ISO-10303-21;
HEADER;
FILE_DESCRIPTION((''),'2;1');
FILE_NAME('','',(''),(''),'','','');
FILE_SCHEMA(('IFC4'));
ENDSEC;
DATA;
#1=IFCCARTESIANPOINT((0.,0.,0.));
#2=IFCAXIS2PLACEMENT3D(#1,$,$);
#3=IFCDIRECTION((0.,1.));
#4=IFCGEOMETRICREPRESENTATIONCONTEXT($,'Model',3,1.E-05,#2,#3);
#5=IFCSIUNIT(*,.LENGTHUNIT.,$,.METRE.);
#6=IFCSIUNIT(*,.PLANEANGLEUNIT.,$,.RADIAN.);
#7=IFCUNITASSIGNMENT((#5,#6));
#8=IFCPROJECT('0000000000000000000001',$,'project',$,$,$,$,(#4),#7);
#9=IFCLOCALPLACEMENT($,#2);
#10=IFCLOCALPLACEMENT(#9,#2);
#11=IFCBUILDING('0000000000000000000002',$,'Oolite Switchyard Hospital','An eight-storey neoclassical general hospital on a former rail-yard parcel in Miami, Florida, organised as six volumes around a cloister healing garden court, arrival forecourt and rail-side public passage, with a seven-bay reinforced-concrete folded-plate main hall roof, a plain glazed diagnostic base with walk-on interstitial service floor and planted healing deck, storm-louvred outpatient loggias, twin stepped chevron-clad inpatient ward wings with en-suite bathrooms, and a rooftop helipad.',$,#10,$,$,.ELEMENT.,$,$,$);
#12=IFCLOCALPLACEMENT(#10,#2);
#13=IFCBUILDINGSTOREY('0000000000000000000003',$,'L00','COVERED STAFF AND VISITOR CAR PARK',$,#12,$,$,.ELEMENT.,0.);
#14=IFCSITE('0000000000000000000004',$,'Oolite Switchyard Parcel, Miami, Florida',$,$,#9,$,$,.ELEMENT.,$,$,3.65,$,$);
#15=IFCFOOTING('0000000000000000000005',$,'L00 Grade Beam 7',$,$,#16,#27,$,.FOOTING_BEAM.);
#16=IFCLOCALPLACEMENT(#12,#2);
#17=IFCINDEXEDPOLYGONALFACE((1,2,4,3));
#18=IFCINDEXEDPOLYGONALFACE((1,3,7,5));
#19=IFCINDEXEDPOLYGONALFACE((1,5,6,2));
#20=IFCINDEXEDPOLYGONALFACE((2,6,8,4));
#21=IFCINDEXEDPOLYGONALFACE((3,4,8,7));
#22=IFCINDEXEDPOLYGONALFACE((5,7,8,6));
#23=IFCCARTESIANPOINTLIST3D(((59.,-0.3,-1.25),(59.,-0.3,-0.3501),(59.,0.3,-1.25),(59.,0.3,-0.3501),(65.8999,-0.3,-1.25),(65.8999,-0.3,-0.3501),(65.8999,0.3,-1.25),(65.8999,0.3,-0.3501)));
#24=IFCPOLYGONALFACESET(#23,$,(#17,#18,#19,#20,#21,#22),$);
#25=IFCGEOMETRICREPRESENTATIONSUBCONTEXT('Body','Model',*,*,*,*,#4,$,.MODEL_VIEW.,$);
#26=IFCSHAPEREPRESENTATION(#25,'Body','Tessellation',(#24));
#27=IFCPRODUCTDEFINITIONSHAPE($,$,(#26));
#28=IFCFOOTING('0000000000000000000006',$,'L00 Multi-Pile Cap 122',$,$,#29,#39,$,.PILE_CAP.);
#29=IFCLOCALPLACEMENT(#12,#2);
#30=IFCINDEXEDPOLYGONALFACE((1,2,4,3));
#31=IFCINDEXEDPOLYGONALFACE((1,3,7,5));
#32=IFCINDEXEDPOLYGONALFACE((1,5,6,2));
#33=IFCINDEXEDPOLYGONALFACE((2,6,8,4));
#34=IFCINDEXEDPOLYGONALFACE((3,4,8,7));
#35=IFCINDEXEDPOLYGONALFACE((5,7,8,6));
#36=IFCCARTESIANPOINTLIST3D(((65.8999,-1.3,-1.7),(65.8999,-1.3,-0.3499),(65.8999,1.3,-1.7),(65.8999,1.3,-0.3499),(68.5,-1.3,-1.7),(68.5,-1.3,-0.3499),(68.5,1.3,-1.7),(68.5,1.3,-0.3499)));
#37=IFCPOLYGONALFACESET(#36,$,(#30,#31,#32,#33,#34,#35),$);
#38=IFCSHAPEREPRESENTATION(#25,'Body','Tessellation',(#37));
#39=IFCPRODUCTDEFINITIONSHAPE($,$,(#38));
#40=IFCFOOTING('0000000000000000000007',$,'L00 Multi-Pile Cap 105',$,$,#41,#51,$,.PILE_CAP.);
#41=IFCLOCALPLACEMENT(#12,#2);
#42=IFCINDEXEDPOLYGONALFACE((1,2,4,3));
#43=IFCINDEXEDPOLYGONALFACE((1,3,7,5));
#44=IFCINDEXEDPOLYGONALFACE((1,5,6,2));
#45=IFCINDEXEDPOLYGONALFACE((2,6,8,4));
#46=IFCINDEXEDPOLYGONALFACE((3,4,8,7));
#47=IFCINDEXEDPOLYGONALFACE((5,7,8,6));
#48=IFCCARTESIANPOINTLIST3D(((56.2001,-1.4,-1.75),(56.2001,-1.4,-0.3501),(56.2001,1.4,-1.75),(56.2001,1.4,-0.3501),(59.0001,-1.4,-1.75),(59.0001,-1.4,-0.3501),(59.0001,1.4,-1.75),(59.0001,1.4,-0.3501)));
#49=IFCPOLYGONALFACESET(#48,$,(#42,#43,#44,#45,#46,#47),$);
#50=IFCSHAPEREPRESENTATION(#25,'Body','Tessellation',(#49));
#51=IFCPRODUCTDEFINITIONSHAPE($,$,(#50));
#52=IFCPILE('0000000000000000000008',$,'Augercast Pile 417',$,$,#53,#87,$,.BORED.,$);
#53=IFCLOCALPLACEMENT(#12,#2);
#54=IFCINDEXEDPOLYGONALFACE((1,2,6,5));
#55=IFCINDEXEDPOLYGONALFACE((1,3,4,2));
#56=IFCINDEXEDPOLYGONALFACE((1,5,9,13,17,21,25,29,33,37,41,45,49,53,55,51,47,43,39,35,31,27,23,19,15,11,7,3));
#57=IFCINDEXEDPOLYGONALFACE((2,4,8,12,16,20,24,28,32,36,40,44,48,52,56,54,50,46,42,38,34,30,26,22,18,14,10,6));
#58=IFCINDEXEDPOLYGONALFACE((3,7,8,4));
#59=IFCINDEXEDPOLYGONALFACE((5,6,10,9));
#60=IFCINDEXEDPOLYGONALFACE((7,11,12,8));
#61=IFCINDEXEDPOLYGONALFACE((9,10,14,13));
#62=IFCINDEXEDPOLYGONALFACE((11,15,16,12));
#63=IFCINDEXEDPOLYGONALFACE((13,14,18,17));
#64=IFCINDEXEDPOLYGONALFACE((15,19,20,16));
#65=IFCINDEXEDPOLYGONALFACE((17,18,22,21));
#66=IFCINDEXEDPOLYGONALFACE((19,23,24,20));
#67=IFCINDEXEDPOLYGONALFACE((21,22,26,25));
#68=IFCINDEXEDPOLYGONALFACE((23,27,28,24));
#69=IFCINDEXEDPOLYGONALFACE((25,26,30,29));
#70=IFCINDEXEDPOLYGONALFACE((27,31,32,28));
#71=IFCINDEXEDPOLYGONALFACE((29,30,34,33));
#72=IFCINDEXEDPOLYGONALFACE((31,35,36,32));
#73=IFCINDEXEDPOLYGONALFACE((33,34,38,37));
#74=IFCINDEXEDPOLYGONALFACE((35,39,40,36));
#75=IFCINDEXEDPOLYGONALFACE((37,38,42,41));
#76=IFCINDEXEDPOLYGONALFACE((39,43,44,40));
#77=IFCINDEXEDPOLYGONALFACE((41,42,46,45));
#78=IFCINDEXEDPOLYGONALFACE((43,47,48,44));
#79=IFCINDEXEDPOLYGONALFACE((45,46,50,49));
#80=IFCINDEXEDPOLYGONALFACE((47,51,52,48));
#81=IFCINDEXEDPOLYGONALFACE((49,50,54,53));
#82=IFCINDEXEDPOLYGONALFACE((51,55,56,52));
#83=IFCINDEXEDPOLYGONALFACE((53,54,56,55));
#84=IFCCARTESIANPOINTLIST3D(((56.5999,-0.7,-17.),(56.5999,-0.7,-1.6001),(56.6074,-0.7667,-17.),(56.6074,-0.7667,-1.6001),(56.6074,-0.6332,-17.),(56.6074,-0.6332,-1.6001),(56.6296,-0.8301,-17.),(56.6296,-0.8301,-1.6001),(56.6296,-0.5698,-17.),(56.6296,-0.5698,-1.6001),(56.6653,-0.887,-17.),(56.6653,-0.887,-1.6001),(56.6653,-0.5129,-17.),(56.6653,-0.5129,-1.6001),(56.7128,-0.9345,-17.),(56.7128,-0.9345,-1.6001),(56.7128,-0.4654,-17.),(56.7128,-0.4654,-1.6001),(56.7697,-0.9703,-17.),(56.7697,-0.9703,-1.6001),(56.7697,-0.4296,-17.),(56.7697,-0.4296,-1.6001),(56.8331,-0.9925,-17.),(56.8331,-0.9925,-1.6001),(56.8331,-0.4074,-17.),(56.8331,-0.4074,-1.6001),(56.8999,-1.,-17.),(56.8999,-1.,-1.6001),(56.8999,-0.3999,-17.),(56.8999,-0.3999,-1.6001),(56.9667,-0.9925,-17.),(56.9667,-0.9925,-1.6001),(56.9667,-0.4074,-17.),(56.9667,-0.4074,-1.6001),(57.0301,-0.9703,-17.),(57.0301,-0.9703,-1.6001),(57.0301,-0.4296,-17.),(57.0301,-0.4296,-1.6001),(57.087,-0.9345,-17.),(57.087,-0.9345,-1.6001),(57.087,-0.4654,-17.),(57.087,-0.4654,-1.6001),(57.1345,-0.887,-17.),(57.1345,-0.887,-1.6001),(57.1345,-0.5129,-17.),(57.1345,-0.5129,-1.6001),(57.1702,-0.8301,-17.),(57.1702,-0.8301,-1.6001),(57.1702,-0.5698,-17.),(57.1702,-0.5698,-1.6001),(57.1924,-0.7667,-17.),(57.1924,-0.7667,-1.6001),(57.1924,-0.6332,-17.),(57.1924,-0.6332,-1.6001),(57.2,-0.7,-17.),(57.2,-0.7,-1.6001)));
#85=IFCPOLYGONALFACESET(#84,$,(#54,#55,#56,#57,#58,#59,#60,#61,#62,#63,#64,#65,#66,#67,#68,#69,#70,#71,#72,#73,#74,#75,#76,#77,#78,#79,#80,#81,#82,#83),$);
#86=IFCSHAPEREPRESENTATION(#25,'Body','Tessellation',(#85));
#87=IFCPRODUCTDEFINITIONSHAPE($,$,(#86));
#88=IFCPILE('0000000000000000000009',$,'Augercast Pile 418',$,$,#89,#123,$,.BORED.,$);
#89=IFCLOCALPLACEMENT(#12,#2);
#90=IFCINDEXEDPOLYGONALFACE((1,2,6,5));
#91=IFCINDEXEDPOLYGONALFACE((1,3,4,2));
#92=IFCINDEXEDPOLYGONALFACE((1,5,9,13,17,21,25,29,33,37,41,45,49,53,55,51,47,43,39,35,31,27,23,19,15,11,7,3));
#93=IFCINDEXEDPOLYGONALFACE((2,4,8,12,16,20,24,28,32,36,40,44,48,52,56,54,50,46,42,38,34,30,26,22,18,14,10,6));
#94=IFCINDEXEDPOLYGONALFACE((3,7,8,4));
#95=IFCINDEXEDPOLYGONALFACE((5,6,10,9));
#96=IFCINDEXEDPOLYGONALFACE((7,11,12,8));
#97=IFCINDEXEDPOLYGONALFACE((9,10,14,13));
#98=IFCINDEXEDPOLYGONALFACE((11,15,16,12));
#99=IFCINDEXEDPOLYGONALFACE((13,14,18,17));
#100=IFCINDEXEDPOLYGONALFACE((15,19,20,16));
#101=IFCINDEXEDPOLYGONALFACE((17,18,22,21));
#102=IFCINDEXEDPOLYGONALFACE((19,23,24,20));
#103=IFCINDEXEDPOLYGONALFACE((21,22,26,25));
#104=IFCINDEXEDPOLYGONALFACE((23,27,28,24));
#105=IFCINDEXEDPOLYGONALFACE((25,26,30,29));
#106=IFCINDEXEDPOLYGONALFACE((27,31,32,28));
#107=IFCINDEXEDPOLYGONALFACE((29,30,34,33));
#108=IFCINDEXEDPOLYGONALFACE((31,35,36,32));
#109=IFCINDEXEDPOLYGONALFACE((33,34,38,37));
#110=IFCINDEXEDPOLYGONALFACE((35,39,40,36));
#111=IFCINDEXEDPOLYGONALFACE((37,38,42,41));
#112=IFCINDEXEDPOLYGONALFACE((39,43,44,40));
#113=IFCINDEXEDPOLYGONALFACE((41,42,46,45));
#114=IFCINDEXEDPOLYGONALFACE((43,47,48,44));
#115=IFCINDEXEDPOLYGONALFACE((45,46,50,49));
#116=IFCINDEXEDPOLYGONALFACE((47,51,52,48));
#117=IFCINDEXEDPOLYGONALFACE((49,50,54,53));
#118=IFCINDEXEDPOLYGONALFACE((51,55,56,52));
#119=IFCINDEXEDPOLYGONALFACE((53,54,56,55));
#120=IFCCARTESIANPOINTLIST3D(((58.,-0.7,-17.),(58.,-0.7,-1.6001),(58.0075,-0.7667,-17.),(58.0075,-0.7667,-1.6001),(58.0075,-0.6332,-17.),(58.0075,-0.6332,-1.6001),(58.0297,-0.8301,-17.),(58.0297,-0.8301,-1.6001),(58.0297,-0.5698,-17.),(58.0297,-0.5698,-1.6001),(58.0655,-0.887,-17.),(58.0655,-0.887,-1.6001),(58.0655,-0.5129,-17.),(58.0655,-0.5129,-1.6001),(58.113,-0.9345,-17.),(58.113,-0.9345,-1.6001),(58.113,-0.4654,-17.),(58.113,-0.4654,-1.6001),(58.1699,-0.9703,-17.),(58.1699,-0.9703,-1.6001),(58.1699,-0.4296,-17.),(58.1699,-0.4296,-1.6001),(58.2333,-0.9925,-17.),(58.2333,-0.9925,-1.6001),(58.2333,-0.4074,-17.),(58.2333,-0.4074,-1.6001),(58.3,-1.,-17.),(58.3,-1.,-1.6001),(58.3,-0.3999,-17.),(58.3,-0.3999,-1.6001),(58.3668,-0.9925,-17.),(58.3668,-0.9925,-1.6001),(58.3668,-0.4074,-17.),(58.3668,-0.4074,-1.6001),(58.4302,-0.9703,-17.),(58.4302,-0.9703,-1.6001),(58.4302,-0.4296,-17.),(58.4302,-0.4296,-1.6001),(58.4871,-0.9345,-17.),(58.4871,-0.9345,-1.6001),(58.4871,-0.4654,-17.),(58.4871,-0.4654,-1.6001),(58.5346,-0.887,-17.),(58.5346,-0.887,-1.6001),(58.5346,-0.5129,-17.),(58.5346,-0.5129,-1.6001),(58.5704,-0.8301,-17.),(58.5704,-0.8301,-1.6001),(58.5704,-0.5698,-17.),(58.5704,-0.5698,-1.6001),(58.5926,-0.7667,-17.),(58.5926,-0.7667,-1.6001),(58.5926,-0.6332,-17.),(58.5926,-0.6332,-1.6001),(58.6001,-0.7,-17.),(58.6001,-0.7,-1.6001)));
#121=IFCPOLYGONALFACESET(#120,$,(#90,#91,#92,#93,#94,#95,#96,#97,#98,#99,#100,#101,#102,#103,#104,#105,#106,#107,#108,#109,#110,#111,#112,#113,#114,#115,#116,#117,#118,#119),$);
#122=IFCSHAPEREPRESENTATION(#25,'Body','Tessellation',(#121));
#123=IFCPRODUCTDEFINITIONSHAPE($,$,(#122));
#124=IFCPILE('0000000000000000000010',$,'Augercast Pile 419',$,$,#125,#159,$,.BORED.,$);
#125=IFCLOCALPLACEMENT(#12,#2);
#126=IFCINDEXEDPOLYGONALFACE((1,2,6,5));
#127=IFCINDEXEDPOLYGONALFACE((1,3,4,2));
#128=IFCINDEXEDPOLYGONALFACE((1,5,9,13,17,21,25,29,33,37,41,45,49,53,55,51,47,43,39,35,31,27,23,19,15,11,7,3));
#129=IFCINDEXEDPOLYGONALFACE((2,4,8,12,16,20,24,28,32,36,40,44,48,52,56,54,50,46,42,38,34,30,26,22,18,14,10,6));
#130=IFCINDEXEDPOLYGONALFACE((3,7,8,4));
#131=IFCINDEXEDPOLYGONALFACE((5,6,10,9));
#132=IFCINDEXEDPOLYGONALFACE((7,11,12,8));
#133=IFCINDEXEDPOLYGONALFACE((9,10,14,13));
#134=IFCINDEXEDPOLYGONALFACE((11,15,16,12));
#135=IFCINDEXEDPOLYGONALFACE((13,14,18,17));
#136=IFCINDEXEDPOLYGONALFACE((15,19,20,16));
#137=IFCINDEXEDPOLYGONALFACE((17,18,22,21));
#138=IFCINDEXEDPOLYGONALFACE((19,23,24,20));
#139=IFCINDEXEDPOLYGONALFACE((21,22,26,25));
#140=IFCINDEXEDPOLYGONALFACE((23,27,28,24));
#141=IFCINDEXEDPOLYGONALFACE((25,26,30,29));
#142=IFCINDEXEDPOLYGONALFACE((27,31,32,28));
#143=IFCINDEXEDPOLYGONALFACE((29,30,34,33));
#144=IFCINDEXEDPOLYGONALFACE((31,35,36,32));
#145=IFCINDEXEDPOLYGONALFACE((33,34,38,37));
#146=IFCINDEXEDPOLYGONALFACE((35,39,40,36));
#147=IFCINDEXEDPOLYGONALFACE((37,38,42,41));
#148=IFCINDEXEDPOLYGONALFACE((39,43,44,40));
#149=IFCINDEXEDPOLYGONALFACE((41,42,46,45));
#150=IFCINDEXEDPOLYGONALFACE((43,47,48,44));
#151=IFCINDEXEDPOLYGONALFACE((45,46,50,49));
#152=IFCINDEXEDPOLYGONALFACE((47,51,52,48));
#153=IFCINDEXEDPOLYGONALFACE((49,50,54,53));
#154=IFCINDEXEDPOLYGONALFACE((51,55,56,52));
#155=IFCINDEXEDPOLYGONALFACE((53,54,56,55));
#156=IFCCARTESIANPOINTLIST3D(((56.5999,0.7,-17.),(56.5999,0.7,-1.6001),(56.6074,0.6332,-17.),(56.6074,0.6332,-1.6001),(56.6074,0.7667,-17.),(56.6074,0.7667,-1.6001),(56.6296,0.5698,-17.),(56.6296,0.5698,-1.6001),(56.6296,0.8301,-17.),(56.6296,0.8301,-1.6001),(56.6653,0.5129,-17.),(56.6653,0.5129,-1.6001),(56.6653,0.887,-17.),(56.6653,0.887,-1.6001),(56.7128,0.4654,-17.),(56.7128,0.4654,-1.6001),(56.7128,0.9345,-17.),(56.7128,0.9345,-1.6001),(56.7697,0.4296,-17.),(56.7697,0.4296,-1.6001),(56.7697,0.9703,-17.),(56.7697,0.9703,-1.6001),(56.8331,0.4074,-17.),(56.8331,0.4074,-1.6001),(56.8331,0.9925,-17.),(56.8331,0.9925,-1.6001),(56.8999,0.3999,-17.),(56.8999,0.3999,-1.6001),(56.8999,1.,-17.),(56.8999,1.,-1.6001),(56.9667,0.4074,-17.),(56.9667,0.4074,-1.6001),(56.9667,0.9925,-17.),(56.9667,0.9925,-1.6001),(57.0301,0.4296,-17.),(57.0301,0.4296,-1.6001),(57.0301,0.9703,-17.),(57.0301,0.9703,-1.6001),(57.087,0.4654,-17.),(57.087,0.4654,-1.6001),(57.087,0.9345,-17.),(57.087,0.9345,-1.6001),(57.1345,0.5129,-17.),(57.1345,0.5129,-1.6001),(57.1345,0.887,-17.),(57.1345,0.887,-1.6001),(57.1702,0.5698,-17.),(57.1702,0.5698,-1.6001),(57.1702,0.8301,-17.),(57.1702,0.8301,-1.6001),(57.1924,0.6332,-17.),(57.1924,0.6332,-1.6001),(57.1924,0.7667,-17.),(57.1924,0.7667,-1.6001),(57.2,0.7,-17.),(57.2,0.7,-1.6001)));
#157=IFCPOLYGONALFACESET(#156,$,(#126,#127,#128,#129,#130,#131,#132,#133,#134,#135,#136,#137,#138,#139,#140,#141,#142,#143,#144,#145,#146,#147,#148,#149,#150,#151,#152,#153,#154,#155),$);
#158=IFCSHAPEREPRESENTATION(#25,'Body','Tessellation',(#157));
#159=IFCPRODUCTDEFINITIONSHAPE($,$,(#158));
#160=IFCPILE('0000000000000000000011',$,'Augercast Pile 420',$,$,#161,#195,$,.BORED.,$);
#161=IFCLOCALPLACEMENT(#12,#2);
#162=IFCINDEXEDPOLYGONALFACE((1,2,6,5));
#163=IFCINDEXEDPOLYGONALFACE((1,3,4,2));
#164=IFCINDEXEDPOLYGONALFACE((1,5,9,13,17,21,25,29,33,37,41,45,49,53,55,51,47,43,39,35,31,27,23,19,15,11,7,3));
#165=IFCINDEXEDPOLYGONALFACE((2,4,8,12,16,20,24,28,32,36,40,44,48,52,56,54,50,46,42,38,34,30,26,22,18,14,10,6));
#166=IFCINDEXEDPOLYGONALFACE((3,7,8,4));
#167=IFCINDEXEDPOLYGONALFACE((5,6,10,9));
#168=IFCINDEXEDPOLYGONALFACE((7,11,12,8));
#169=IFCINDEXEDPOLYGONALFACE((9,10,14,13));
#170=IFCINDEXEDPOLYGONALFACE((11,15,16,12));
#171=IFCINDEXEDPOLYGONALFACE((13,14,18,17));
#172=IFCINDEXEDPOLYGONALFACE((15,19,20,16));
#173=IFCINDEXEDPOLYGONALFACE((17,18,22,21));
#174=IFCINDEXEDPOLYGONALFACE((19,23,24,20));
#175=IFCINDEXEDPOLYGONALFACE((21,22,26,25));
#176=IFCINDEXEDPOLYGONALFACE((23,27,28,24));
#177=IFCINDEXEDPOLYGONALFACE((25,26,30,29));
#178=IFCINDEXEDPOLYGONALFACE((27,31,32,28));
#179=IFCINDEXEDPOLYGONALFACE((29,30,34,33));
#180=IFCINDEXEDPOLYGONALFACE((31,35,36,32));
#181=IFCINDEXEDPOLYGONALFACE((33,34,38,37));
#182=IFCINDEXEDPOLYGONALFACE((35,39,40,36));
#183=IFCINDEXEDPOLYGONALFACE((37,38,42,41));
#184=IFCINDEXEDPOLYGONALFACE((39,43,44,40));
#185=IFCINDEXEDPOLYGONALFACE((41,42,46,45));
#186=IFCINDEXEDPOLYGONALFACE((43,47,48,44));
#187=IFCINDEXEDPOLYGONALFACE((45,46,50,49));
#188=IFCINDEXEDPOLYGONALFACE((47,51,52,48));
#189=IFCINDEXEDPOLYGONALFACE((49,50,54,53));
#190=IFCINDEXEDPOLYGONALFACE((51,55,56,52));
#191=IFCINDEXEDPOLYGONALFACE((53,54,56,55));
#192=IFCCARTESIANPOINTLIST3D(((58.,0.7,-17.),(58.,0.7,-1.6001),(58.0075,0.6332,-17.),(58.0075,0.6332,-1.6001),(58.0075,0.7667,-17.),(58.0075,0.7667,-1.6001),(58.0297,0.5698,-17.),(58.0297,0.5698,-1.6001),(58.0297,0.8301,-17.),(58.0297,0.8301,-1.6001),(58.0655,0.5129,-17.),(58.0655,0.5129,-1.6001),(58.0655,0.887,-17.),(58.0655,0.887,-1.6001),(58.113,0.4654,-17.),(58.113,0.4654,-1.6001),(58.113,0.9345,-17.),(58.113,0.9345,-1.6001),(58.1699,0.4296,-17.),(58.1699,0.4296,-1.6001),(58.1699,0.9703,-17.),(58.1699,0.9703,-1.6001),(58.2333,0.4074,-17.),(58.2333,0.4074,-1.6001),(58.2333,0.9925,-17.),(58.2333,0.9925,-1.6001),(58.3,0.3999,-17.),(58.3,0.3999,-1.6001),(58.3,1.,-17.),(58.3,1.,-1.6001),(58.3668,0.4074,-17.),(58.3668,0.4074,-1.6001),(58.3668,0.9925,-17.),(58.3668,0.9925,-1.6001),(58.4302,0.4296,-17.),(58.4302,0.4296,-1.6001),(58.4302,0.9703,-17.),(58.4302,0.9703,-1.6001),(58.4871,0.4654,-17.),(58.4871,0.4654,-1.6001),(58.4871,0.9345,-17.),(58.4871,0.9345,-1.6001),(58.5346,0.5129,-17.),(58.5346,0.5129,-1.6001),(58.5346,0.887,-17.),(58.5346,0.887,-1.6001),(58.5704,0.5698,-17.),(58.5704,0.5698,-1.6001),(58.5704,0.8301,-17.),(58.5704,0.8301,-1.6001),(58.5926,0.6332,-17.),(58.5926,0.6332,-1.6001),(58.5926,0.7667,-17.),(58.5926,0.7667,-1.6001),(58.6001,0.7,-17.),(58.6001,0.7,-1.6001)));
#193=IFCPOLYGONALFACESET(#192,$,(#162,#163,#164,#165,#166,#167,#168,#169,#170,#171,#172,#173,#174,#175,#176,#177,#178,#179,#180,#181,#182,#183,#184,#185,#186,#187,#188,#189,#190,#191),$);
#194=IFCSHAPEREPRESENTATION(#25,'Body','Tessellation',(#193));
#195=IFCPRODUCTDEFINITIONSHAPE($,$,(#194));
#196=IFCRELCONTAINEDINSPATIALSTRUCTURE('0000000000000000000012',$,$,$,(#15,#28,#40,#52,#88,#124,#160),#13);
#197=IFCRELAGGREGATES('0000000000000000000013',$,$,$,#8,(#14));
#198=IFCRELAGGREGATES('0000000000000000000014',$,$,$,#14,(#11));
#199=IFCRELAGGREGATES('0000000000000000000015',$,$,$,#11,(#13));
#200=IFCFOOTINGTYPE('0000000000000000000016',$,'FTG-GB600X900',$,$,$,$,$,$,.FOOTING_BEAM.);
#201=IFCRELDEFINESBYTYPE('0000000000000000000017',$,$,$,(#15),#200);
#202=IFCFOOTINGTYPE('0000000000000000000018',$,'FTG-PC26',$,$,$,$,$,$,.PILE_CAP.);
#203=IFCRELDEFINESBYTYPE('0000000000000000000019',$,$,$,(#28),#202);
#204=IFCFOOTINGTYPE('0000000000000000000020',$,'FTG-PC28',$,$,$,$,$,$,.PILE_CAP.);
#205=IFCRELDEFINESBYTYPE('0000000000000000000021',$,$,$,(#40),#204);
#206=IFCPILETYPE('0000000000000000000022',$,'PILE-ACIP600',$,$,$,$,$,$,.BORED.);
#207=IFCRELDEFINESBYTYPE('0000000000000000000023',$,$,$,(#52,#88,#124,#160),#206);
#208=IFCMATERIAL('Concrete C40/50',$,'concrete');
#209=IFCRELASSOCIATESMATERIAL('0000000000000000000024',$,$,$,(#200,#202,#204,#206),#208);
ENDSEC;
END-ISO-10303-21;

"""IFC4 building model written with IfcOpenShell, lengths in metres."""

from ifc_helpers import new_model, si_unit, direction, frame, origin, origin_2d, place, context, subcontext, project, spatial, rectangle, circle, extrude, material, material_profile, profile_set, type_object, element, save


model = new_model("IFC4")

# Units and contexts
model_context = context("Model", 3, precision=1e-05, world=origin(), true_north=direction((0.0, 1.0)))
body_context = subcontext(model_context, "Body", "Model", "MODEL_VIEW")
ifc_project = project(units=[si_unit("LENGTHUNIT", "METRE"), si_unit("PLANEANGLEUNIT", "RADIAN")], contexts=[model_context])

# Site, building, storey
site_placement = place(None, origin())
site = spatial("IfcSite", under=ifc_project, at=site_placement, Name="Oolite Switchyard Parcel, Miami, Florida", CompositionType="ELEMENT", RefElevation=3.65)
building_placement = place(site_placement, origin())
building = spatial("IfcBuilding", under=site, at=building_placement, Name="Oolite Switchyard Hospital", Description="An eight-storey neoclassical general hospital on a former rail-yard parcel in Miami, Florida, organised as six volumes around a cloister healing garden court, arrival forecourt and rail-side public passage, with a seven-bay reinforced-concrete folded-plate main hall roof, a plain glazed diagnostic base with walk-on interstitial service floor and planted healing deck, storm-louvred outpatient loggias, twin stepped chevron-clad inpatient ward wings with en-suite bathrooms, and a rooftop helipad.", CompositionType="ELEMENT")
storey_placement = place(building_placement, origin())
storey = spatial("IfcBuildingStorey", under=building, at=storey_placement, Name="L00", Description="COVERED STAFF AND VISITOR CAR PARK", CompositionType="ELEMENT", Elevation=0.0)

# Footings
ifc_material_1 = material(Name="Concrete C40/50", Category="concrete")
footing_type_1 = type_object("IfcFootingType", Name="FTG-GB600X900", PredefinedType="FOOTING_BEAM", material=ifc_material_1)
footing_1_placement = place(storey_placement, frame((62.45, 0.0, -1.25), z_axis=(0.0, 0.0, 1.0), x_axis=(1.0, 0.0, 0.0)))
element("IfcFooting", 1, at=footing_1_placement, inside=storey, type_object=footing_type_1, Name="L00 Grade Beam 7", PredefinedType="FOOTING_BEAM", context=body_context, shape_type="SweptSolid", body=[
    extrude(rectangle(XDim=6.8999, YDim=0.6001, at=origin_2d()), origin(), (0.0, 0.0, 1.0), 0.8999),
])
footing_type_2 = type_object("IfcFootingType", Name="FTG-PC26", PredefinedType="PILE_CAP", material=ifc_material_1)
footing_2_placement = place(storey_placement, frame((67.2, 0.0, -1.7), z_axis=(0.0, 0.0, 1.0), x_axis=(1.0, 0.0, 0.0)))
element("IfcFooting", 2, at=footing_2_placement, inside=storey, type_object=footing_type_2, Name="L00 Multi-Pile Cap 122", PredefinedType="PILE_CAP", context=body_context, shape_type="SweptSolid", body=[
    extrude(rectangle(XDim=2.6001, YDim=2.6001, at=origin_2d()), origin(), (0.0, 0.0, 1.0), 1.3501),
])
footing_type_3 = type_object("IfcFootingType", Name="FTG-PC28", PredefinedType="PILE_CAP", material=ifc_material_1)
footing_3_placement = place(storey_placement, frame((57.6001, 0.0, -1.75), z_axis=(0.0, 0.0, 1.0), x_axis=(1.0, 0.0, 0.0)))
element("IfcFooting", 3, at=footing_3_placement, inside=storey, type_object=footing_type_3, Name="L00 Multi-Pile Cap 105", PredefinedType="PILE_CAP", context=body_context, shape_type="SweptSolid", body=[
    extrude(rectangle(XDim=2.8, YDim=2.8, at=origin_2d()), origin(), (0.0, 0.0, 1.0), 1.3999),
])

# Piles
ifc_material_profile_1 = material_profile(ifc_material_1, circle(Radius=0.3, at=origin_2d()), Name="PILE600")
ifc_profile_set_1 = profile_set([ifc_material_profile_1], Name="Concrete C40/50")
pile_type = type_object("IfcPileType", Name="PILE-ACIP600", PredefinedType="BORED", material=ifc_profile_set_1)
for number, where, z_axis, x_axis, name in (
    (4, (56.8999, -0.7, -1.6001), (0.0, 0.0, -1.0), (1.0, 0.0, 0.0), "Augercast Pile 417"),
    (5, (58.3, -0.7, -1.6001), (0.0, 0.0, -1.0), (1.0, 0.0, 0.0), "Augercast Pile 418"),
    (6, (56.8999, 0.7, -1.6001), (0.0, 0.0, -1.0), (1.0, 0.0, 0.0), "Augercast Pile 419"),
    (7, (58.3, 0.7, -1.6001), (0.0, 0.0, -1.0), (1.0, 0.0, 0.0), "Augercast Pile 420"),
):
    element("IfcPile", number, at=place(storey_placement, frame(where, z_axis=z_axis, x_axis=x_axis)), inside=storey, type_object=pile_type, Name=name, PredefinedType="BORED", context=body_context, shape_type="SweptSolid", body=[
        extrude(circle(Radius=0.3, at=origin_2d()), origin(), (0.0, 0.0, 1.0), 15.3999),
    ])

save(model, "model.ifc")
